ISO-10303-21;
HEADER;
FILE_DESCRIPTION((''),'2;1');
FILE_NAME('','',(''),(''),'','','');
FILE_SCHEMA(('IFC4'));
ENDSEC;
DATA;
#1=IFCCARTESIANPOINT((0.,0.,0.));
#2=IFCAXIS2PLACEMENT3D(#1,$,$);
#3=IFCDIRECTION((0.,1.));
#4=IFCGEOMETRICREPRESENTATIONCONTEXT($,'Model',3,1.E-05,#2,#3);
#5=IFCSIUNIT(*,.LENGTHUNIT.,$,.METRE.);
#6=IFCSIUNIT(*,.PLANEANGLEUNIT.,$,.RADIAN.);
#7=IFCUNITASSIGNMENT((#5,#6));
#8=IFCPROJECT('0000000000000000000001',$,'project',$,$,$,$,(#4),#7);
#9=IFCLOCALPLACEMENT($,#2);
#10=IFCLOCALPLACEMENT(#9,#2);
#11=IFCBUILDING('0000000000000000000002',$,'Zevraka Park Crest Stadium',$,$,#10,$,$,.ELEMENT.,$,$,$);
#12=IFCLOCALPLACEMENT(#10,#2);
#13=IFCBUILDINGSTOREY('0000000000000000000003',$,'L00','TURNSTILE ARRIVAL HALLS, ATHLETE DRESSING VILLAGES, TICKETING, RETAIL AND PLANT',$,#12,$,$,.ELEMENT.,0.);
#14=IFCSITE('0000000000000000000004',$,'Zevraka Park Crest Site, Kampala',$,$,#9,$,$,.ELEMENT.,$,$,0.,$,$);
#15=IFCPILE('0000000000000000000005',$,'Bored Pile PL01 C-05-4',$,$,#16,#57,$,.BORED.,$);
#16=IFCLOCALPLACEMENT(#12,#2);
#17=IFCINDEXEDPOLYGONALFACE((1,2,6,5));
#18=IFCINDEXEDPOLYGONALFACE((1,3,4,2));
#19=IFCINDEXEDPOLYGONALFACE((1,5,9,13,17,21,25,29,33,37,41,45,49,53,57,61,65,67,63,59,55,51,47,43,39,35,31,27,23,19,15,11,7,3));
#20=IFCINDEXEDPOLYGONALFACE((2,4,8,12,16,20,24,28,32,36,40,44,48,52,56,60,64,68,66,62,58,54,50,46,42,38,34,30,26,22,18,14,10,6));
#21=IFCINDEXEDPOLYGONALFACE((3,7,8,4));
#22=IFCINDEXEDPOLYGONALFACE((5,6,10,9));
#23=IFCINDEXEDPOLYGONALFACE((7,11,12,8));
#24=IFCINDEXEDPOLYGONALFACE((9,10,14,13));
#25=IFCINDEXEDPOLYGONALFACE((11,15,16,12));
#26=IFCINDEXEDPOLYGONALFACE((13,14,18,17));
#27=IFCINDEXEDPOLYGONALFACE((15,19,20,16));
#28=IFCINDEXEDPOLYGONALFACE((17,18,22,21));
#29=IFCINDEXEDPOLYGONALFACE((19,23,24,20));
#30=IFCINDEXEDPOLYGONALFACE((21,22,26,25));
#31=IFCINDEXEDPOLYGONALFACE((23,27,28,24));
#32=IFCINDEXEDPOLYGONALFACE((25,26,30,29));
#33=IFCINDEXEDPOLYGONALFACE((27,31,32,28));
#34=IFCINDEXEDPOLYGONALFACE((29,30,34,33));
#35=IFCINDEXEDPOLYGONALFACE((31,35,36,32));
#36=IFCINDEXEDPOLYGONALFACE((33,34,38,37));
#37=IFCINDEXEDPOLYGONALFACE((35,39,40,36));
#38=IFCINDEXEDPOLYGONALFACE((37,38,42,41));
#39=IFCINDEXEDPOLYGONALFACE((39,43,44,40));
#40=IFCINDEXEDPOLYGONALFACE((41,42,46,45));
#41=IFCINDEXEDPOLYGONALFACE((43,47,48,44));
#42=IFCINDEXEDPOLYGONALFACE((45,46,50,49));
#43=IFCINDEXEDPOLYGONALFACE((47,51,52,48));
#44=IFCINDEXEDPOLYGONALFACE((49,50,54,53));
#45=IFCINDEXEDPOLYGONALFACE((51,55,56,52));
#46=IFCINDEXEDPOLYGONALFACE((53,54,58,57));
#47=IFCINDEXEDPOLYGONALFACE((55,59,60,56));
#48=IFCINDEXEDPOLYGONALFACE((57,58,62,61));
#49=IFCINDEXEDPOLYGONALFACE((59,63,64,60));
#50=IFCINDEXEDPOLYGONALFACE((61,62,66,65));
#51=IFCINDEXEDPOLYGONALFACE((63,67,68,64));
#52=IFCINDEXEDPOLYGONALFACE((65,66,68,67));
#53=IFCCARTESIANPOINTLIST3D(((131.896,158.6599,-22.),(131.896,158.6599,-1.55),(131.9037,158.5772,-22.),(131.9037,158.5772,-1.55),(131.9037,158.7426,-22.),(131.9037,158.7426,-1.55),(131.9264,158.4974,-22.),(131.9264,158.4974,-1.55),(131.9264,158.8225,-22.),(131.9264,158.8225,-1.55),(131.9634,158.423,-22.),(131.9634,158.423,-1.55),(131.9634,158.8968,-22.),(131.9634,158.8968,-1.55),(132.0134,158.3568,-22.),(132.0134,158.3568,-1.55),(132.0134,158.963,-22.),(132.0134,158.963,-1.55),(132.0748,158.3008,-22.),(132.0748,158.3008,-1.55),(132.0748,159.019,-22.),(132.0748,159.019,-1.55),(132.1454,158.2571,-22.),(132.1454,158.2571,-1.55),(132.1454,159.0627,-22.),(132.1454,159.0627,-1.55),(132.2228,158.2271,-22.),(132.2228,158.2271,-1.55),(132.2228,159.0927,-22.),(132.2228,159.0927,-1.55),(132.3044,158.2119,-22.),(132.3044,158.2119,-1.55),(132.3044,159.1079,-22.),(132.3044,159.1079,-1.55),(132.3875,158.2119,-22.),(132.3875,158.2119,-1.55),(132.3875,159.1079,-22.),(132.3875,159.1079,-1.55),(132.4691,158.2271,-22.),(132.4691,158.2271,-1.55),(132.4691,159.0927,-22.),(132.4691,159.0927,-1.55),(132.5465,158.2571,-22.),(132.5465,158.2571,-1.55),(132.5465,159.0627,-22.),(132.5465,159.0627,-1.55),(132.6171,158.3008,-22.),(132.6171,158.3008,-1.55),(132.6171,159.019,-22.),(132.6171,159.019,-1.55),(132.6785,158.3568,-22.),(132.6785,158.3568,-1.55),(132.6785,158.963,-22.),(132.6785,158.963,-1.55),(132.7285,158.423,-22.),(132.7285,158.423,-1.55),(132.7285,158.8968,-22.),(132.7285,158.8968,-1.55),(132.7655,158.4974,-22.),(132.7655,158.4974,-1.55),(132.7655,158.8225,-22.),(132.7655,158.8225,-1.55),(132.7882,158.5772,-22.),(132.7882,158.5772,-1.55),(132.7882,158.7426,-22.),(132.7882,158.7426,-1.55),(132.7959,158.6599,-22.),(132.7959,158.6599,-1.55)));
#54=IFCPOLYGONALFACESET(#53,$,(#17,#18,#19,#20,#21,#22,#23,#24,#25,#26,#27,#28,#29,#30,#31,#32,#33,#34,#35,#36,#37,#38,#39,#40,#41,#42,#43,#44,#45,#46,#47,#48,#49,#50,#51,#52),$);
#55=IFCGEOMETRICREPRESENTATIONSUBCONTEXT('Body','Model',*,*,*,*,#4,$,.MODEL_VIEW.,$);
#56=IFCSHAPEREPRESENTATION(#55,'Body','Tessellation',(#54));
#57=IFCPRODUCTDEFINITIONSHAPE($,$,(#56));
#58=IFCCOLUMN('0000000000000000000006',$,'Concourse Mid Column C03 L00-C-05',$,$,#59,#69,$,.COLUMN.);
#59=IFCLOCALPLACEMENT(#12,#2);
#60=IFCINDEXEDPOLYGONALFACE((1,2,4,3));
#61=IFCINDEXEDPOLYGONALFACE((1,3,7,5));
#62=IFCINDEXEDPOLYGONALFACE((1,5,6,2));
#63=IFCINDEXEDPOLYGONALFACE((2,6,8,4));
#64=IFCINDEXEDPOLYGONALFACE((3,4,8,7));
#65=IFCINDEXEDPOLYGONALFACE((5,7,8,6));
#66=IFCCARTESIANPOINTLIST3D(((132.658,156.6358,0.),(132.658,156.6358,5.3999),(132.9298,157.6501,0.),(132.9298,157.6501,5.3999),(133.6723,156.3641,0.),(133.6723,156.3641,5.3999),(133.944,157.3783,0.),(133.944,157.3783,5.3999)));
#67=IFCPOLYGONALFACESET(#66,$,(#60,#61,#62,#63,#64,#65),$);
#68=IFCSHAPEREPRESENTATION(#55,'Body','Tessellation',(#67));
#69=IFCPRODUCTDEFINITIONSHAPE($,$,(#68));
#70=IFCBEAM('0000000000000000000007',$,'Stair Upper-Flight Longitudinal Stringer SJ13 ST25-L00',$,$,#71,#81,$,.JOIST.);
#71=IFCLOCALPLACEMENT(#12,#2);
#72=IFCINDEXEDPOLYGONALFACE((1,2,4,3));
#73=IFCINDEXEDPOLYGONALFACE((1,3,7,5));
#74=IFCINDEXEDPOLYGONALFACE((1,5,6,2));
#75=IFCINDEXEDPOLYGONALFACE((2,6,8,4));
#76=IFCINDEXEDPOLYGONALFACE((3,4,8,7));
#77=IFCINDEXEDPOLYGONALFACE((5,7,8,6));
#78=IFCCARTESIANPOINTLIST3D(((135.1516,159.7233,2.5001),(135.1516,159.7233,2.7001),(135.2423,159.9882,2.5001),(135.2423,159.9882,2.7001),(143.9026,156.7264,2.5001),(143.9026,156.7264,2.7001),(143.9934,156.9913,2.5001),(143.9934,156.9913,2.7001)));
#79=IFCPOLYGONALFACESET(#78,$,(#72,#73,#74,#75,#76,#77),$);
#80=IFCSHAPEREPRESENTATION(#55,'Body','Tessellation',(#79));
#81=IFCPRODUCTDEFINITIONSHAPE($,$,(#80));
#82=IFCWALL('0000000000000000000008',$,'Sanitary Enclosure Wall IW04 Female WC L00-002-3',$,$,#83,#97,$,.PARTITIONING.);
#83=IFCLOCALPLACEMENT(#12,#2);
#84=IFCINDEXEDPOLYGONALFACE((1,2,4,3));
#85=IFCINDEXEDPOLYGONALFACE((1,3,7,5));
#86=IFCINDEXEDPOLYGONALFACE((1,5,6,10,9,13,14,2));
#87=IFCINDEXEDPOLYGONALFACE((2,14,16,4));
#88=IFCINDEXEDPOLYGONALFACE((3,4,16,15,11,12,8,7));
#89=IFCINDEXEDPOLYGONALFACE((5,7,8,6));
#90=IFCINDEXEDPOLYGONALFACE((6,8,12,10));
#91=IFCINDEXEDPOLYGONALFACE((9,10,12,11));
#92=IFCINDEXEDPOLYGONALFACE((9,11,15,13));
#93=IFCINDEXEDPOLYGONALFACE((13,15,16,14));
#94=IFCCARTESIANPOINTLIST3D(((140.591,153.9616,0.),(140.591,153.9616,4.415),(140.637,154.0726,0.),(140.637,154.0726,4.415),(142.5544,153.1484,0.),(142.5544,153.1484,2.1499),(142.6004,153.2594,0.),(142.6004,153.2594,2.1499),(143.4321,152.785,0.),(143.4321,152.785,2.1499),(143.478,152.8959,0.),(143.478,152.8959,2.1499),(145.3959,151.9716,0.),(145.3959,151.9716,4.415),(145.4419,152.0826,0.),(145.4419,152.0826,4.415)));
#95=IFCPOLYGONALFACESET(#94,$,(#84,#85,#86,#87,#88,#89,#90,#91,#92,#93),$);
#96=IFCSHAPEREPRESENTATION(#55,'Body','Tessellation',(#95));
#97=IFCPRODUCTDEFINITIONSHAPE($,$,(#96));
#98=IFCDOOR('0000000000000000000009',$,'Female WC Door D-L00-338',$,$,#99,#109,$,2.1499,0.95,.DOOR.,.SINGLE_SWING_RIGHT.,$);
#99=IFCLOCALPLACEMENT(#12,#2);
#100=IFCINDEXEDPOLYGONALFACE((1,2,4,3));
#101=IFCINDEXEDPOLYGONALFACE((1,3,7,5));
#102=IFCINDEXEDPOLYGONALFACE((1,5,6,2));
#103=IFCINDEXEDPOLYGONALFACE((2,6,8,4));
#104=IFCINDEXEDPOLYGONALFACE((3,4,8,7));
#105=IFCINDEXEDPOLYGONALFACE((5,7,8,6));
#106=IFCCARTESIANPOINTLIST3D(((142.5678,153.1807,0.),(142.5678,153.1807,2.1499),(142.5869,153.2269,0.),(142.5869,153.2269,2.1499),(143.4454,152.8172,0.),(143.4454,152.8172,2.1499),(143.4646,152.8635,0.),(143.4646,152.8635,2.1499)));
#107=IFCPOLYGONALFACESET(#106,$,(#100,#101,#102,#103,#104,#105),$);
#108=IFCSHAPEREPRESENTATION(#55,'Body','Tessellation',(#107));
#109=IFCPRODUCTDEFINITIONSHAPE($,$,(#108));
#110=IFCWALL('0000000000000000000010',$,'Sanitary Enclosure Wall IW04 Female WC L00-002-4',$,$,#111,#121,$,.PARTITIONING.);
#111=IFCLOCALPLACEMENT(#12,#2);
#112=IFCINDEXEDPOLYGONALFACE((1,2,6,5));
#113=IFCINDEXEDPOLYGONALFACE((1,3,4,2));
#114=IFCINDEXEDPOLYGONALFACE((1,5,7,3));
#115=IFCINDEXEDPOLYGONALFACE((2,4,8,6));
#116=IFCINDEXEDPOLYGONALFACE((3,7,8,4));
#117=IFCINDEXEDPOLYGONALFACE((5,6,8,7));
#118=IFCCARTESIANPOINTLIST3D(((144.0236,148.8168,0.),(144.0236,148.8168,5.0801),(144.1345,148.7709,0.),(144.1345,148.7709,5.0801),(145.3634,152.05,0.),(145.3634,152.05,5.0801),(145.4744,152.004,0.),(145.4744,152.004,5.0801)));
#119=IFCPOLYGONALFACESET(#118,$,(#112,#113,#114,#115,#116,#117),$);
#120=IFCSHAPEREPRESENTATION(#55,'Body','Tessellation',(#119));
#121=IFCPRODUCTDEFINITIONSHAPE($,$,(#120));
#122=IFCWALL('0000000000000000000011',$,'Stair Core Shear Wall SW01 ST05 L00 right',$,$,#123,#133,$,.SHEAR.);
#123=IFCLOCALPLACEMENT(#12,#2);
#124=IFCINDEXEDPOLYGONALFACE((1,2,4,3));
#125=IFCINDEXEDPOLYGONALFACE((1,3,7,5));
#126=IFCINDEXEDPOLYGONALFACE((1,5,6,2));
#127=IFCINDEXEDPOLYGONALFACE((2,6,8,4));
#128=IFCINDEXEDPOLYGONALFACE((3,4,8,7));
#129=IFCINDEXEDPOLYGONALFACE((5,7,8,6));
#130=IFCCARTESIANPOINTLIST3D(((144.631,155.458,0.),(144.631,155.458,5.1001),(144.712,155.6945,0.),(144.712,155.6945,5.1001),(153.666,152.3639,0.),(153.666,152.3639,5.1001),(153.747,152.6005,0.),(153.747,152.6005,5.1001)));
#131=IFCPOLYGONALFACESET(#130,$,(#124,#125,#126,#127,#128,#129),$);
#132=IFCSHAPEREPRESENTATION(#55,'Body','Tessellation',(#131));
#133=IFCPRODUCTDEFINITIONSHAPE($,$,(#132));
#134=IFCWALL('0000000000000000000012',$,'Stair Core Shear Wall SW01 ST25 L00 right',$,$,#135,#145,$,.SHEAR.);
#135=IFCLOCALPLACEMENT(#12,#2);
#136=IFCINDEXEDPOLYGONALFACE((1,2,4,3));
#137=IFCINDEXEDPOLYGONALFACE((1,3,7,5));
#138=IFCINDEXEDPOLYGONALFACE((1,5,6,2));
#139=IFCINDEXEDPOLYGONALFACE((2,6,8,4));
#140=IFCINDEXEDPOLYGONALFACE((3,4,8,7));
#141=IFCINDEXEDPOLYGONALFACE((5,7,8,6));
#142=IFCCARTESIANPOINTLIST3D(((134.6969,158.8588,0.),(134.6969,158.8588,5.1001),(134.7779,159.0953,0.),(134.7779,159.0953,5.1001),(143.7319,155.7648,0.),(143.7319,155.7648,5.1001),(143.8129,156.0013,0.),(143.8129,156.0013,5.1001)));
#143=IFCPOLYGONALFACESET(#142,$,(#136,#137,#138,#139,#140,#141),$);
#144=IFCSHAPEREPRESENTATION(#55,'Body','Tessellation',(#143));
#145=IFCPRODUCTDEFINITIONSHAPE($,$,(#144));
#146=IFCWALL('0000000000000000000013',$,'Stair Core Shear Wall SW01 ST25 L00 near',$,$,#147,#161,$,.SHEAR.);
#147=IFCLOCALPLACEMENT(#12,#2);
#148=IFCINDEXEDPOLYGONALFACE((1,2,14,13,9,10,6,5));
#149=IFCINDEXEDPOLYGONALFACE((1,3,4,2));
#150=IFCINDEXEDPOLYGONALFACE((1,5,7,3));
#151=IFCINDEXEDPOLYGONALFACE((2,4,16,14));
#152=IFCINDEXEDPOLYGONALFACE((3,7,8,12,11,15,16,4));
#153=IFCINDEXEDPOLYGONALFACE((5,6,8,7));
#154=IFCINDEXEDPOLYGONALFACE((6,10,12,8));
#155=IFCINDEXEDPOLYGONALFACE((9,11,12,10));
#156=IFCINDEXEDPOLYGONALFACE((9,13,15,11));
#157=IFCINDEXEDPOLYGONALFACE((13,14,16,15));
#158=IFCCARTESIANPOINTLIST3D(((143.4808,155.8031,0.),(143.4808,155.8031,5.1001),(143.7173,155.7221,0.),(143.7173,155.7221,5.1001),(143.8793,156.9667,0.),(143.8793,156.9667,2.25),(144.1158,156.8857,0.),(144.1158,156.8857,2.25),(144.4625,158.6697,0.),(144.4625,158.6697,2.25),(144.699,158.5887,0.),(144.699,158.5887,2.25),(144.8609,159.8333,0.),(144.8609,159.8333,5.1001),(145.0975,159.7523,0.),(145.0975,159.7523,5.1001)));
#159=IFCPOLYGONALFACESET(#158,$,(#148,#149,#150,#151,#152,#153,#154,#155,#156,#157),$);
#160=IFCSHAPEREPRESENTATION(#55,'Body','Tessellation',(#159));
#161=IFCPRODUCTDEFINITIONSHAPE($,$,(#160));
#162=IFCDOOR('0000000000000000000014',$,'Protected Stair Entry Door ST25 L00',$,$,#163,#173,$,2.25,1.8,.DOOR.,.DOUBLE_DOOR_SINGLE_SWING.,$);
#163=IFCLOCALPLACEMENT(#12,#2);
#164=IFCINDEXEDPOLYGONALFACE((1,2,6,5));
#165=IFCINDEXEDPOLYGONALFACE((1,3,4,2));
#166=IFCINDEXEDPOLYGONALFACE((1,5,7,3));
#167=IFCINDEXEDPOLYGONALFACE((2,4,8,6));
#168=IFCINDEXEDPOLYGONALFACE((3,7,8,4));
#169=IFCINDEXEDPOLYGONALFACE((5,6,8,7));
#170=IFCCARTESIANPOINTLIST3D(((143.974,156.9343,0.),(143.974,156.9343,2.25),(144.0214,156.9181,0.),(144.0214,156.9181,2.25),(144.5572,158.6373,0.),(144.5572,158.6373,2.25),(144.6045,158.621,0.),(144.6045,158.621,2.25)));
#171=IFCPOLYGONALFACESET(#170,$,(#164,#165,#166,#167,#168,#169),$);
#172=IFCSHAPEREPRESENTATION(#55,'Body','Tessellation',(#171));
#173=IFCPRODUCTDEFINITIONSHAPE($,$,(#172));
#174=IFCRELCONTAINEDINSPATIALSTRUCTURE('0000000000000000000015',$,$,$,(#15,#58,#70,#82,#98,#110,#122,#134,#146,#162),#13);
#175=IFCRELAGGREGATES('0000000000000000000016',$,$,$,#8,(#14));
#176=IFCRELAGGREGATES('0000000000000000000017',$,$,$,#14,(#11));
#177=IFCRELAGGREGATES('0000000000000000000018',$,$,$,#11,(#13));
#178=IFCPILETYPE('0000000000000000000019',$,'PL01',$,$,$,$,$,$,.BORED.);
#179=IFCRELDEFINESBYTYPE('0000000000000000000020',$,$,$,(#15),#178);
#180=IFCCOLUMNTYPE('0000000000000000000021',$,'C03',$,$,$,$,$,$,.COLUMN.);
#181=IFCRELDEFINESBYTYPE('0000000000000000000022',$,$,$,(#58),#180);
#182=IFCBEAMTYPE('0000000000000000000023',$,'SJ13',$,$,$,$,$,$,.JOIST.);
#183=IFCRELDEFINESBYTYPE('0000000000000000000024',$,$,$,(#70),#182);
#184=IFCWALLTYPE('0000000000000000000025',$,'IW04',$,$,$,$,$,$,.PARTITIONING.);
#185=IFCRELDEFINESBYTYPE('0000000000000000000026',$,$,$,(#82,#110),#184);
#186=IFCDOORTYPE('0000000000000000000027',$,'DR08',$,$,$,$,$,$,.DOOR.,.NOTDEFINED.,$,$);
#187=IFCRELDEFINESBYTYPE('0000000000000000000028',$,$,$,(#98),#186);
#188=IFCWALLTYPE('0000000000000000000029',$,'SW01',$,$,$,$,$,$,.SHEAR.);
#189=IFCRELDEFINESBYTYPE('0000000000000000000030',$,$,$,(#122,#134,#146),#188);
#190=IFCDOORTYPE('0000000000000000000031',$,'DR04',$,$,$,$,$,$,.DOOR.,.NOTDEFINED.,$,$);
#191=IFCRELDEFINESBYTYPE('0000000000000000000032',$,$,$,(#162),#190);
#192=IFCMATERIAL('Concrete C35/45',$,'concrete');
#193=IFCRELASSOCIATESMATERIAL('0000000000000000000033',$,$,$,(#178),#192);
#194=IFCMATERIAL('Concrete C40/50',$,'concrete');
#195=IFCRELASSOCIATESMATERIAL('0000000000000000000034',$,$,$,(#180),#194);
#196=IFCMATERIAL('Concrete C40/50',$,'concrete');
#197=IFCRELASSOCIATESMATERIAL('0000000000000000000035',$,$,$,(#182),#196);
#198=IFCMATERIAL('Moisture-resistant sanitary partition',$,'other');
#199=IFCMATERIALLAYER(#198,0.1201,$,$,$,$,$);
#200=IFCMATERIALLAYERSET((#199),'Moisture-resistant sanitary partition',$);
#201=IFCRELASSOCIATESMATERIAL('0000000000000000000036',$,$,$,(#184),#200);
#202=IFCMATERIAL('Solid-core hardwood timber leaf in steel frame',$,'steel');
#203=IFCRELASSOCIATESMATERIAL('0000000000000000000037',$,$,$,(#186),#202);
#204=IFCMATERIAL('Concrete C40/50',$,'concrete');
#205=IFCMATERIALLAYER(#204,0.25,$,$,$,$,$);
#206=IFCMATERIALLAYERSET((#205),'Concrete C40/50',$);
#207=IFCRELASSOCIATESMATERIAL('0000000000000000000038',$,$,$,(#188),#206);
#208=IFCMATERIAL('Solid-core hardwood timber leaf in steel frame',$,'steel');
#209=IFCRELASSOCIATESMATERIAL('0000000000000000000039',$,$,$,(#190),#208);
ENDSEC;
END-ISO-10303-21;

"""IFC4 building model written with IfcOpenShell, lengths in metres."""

from ifc_helpers import new_model, si_unit, direction, frame, frame_2d, origin, origin_2d, place, context, subcontext, project, spatial, rectangle, circle, extrude, material, layer, layer_set, material_profile, profile_set, type_object, element, fill, save


model = new_model("IFC4")

# Units and contexts
model_context = context("Model", 3, precision=1e-05, world=origin(), true_north=direction((0.0, 1.0)))
body_context = subcontext(model_context, "Body", "Model", "MODEL_VIEW")
ifc_project = project(units=[si_unit("LENGTHUNIT", "METRE"), si_unit("PLANEANGLEUNIT", "RADIAN")], contexts=[model_context])

# Site, building, storey
site_placement = place(None, origin())
site = spatial("IfcSite", under=ifc_project, at=site_placement, Name="Zevraka Park Crest Site, Kampala", CompositionType="ELEMENT", RefElevation=0.0)
building_placement = place(site_placement, origin())
building = spatial("IfcBuilding", under=site, at=building_placement, Name="Zevraka Park Crest Stadium", CompositionType="ELEMENT")
storey_placement = place(building_placement, origin())
storey = spatial("IfcBuildingStorey", under=building, at=storey_placement, Name="L00", Description="TURNSTILE ARRIVAL HALLS, ATHLETE DRESSING VILLAGES, TICKETING, RETAIL AND PLANT", CompositionType="ELEMENT", Elevation=0.0)

# Pile
ifc_material_1 = material(Name="Concrete C35/45", Category="concrete")
ifc_material_profile_1 = material_profile(ifc_material_1, circle(Radius=0.45, at=origin_2d()), Name="PILE D900")
ifc_profile_set_1 = profile_set([ifc_material_profile_1], Name="Concrete C35/45")
pile_type = type_object("IfcPileType", Name="PL01", PredefinedType="BORED", material=ifc_profile_set_1)
for number, where, z_axis, x_axis, name in (
    (1, (132.3459, 158.6599, -1.55), (0.0, 0.0, -1.0), (1.0, 0.0, 0.0), "Bored Pile PL01 C-05-4"),
):
    element("IfcPile", number, at=place(storey_placement, frame(where, z_axis=z_axis, x_axis=x_axis)), inside=storey, type_object=pile_type, Name=name, PredefinedType="BORED", context=body_context, shape_type="SweptSolid", body=[
        extrude(circle(Radius=0.45, at=origin_2d()), origin(), (0.0, 0.0, 1.0), 20.45),
    ])

# Column
ifc_material_2 = material(Name="Concrete C40/50", Category="concrete")
ifc_material_profile_2 = material_profile(ifc_material_2, rectangle(XDim=1.05, YDim=1.05, at=origin_2d()), Name="RC 1050x1050")
ifc_profile_set_2 = profile_set([ifc_material_profile_2], Name="Concrete C40/50")
column_type = type_object("IfcColumnType", Name="C03", PredefinedType="COLUMN", material=ifc_profile_set_2)
column_placement = place(storey_placement, frame((133.301, 157.0071, 0.0), z_axis=(0.0, 0.0, 1.0), x_axis=(0.258819, 0.965926, 0.0)))
element("IfcColumn", 2, at=column_placement, inside=storey, type_object=column_type, Name="Concourse Mid Column C03 L00-C-05", PredefinedType="COLUMN", context=body_context, shape_type="SweptSolid", body=[
    extrude(rectangle(XDim=1.05, YDim=1.05, at=origin_2d()), origin(), (0.0, 0.0, 1.0), 5.3999),
])

# Beam
ifc_material_3 = material(Name="Concrete C40/50", Category="concrete")
ifc_material_profile_3 = material_profile(ifc_material_3, rectangle(XDim=0.28, YDim=0.2, at=origin_2d()), Name="RC 200x280")
ifc_profile_set_3 = profile_set([ifc_material_profile_3], Name="Concrete C40/50")
beam_type = type_object("IfcBeamType", Name="SJ13", PredefinedType="JOIST", material=ifc_profile_set_3)
beam_placement = place(storey_placement, frame((143.948, 156.8589, 2.6001), z_axis=(-0.946062, 0.323985, 0.0), x_axis=(-0.323985, -0.946062, 0.0)))
element("IfcBeam", 3, at=beam_placement, inside=storey, type_object=beam_type, Name="Stair Upper-Flight Longitudinal Stringer SJ13 ST25-L00", PredefinedType="JOIST", context=body_context, shape_type="SweptSolid", body=[
    extrude(rectangle(XDim=0.28, YDim=0.2, at=origin_2d()), origin(), (0.0, 0.0, 1.0), 9.25),
])

# Wall, opening, door
ifc_material_4 = material(Name="Moisture-resistant sanitary partition", Category="other")
ifc_layer_1 = layer(ifc_material_4, 0.1201)
ifc_layer_set_1 = layer_set([ifc_layer_1], Name="Moisture-resistant sanitary partition")
wall_type_1 = type_object("IfcWallType", Name="IW04", PredefinedType="PARTITIONING", material=ifc_layer_set_1)
wall_1_placement = place(storey_placement, frame((140.614, 154.0171, 0.0), z_axis=(0.0, 0.0, 1.0), x_axis=(0.923898, -0.382638, 0.0)))
wall_1 = element("IfcWall", 4, at=wall_1_placement, inside=storey, type_object=wall_type_1, Name="Sanitary Enclosure Wall IW04 Female WC L00-002-3", PredefinedType="PARTITIONING", context=body_context, shape_type="SweptSolid", body=[
    extrude(rectangle(XDim=5.2007, YDim=0.1201, at=frame_2d((2.6003, 0.0))), origin(), (0.0, 0.0, 1.0), 4.415),
])
opening_1_placement = place(wall_1_placement, frame((2.125, 0.0, 0.0)))
opening_1 = element("IfcOpeningElement", 5, at=opening_1_placement, cuts=wall_1, PredefinedType="OPENING", context=body_context, shape_type="SweptSolid", body=[
    extrude(rectangle(XDim=0.95, YDim=2.1499, at=frame_2d((0.4751, 1.075))), frame((0.0, 0.0701, 0.0), z_axis=(0.0, -1.0, 0.0), x_axis=(1.0, 0.0, 0.0)), (0.0, 0.0, 1.0), 0.1401),
])
ifc_material_5 = material(Name="Solid-core hardwood timber leaf in steel frame", Category="steel")
door_type_1 = type_object("IfcDoorType", Name="DR08", OperationType="NOTDEFINED", PredefinedType="DOOR", material=ifc_material_5)
door_1_placement = place(opening_1_placement, origin())
door_1 = element("IfcDoor", 6, at=door_1_placement, inside=storey, type_object=door_type_1, Name="Female WC Door D-L00-338", OperationType="SINGLE_SWING_RIGHT", OverallHeight=2.1499, OverallWidth=0.95, PredefinedType="DOOR", context=body_context, shape_type="SweptSolid", body=[
    extrude(rectangle(XDim=0.95, YDim=2.1499, at=frame_2d((0.4751, 1.075))), frame((0.0, 0.0249, 0.0), z_axis=(0.0, -1.0, 0.0), x_axis=(1.0, 0.0, 0.0)), (0.0, 0.0, 1.0), 0.05),
])
fill(opening_1, door_1)

# Walls
wall_2_placement = place(storey_placement, frame((145.4189, 152.0271, 0.0), z_axis=(0.0, 0.0, 1.0), x_axis=(-0.382836, -0.923816, 0.0)))
element("IfcWall", 7, at=wall_2_placement, inside=storey, type_object=wall_type_1, Name="Sanitary Enclosure Wall IW04 Female WC L00-002-4", PredefinedType="PARTITIONING", context=body_context, shape_type="SweptSolid", body=[
    extrude(rectangle(XDim=3.4998, YDim=0.1201, at=frame_2d((1.75, 0.0))), origin(), (0.0, 0.0, 1.0), 5.0801),
])
ifc_material_6 = material(Name="Concrete C40/50", Category="concrete")
ifc_layer_2 = layer(ifc_material_6, 0.25)
ifc_layer_set_2 = layer_set([ifc_layer_2], Name="Concrete C40/50")
wall_type_2 = type_object("IfcWallType", Name="SW01", PredefinedType="SHEAR", material=ifc_layer_set_2)
for number, where, z_axis, x_axis, name in (
    (8, (144.6716, 155.5762, 0.0), (0.0, 0.0, 1.0), (0.946064, -0.323979, 0.0), "Stair Core Shear Wall SW01 ST05 L00 right"),
    (9, (134.7375, 158.9771, 0.0), (0.0, 0.0, 1.0), (0.946064, -0.323979, 0.0), "Stair Core Shear Wall SW01 ST25 L00 right"),
):
    element("IfcWall", number, at=place(storey_placement, frame(where, z_axis=z_axis, x_axis=x_axis)), inside=storey, type_object=wall_type_2, Name=name, PredefinedType="SHEAR", context=body_context, shape_type="SweptSolid", body=[
        extrude(rectangle(XDim=9.55, YDim=0.25, at=frame_2d((4.7749, 0.0))), origin(), (0.0, 0.0, 1.0), 5.1001),
    ])

# Wall, opening, door
wall_3_placement = place(storey_placement, frame((143.5991, 155.7627, 0.0), z_axis=(0.0, 0.0, 1.0), x_axis=(0.323971, 0.946067, 0.0)))
wall_3 = element("IfcWall", 10, at=wall_3_placement, inside=storey, type_object=wall_type_2, Name="Stair Core Shear Wall SW01 ST25 L00 near", PredefinedType="SHEAR", context=body_context, shape_type="SweptSolid", body=[
    extrude(rectangle(XDim=4.26, YDim=0.25, at=frame_2d((2.1299, 0.0))), origin(), (0.0, 0.0, 1.0), 5.1001),
])
opening_2_placement = place(wall_3_placement, frame((1.23, 0.0, 0.0)))
opening_2 = element("IfcOpeningElement", 11, at=opening_2_placement, cuts=wall_3, PredefinedType="OPENING", context=body_context, shape_type="SweptSolid", body=[
    extrude(rectangle(XDim=1.8, YDim=2.25, at=frame_2d((0.8999, 1.125))), frame((0.0, 0.135, 0.0), z_axis=(0.0, -1.0, 0.0), x_axis=(1.0, 0.0, 0.0)), (0.0, 0.0, 1.0), 0.27),
])
ifc_material_7 = material(Name="Solid-core hardwood timber leaf in steel frame", Category="steel")
door_type_2 = type_object("IfcDoorType", Name="DR04", OperationType="NOTDEFINED", PredefinedType="DOOR", material=ifc_material_7)
door_2_placement = place(opening_2_placement, origin())
door_2 = element("IfcDoor", 12, at=door_2_placement, inside=storey, type_object=door_type_2, Name="Protected Stair Entry Door ST25 L00", OperationType="DOUBLE_DOOR_SINGLE_SWING", OverallHeight=2.25, OverallWidth=1.8, PredefinedType="DOOR", context=body_context, shape_type="SweptSolid", body=[
    extrude(rectangle(XDim=1.8, YDim=2.25, at=frame_2d((0.8999, 1.125))), frame((0.0, 0.0249, 0.0), z_axis=(0.0, -1.0, 0.0), x_axis=(1.0, 0.0, 0.0)), (0.0, 0.0, 1.0), 0.05),
])
fill(opening_2, door_2)

save(model, "model.ifc")
